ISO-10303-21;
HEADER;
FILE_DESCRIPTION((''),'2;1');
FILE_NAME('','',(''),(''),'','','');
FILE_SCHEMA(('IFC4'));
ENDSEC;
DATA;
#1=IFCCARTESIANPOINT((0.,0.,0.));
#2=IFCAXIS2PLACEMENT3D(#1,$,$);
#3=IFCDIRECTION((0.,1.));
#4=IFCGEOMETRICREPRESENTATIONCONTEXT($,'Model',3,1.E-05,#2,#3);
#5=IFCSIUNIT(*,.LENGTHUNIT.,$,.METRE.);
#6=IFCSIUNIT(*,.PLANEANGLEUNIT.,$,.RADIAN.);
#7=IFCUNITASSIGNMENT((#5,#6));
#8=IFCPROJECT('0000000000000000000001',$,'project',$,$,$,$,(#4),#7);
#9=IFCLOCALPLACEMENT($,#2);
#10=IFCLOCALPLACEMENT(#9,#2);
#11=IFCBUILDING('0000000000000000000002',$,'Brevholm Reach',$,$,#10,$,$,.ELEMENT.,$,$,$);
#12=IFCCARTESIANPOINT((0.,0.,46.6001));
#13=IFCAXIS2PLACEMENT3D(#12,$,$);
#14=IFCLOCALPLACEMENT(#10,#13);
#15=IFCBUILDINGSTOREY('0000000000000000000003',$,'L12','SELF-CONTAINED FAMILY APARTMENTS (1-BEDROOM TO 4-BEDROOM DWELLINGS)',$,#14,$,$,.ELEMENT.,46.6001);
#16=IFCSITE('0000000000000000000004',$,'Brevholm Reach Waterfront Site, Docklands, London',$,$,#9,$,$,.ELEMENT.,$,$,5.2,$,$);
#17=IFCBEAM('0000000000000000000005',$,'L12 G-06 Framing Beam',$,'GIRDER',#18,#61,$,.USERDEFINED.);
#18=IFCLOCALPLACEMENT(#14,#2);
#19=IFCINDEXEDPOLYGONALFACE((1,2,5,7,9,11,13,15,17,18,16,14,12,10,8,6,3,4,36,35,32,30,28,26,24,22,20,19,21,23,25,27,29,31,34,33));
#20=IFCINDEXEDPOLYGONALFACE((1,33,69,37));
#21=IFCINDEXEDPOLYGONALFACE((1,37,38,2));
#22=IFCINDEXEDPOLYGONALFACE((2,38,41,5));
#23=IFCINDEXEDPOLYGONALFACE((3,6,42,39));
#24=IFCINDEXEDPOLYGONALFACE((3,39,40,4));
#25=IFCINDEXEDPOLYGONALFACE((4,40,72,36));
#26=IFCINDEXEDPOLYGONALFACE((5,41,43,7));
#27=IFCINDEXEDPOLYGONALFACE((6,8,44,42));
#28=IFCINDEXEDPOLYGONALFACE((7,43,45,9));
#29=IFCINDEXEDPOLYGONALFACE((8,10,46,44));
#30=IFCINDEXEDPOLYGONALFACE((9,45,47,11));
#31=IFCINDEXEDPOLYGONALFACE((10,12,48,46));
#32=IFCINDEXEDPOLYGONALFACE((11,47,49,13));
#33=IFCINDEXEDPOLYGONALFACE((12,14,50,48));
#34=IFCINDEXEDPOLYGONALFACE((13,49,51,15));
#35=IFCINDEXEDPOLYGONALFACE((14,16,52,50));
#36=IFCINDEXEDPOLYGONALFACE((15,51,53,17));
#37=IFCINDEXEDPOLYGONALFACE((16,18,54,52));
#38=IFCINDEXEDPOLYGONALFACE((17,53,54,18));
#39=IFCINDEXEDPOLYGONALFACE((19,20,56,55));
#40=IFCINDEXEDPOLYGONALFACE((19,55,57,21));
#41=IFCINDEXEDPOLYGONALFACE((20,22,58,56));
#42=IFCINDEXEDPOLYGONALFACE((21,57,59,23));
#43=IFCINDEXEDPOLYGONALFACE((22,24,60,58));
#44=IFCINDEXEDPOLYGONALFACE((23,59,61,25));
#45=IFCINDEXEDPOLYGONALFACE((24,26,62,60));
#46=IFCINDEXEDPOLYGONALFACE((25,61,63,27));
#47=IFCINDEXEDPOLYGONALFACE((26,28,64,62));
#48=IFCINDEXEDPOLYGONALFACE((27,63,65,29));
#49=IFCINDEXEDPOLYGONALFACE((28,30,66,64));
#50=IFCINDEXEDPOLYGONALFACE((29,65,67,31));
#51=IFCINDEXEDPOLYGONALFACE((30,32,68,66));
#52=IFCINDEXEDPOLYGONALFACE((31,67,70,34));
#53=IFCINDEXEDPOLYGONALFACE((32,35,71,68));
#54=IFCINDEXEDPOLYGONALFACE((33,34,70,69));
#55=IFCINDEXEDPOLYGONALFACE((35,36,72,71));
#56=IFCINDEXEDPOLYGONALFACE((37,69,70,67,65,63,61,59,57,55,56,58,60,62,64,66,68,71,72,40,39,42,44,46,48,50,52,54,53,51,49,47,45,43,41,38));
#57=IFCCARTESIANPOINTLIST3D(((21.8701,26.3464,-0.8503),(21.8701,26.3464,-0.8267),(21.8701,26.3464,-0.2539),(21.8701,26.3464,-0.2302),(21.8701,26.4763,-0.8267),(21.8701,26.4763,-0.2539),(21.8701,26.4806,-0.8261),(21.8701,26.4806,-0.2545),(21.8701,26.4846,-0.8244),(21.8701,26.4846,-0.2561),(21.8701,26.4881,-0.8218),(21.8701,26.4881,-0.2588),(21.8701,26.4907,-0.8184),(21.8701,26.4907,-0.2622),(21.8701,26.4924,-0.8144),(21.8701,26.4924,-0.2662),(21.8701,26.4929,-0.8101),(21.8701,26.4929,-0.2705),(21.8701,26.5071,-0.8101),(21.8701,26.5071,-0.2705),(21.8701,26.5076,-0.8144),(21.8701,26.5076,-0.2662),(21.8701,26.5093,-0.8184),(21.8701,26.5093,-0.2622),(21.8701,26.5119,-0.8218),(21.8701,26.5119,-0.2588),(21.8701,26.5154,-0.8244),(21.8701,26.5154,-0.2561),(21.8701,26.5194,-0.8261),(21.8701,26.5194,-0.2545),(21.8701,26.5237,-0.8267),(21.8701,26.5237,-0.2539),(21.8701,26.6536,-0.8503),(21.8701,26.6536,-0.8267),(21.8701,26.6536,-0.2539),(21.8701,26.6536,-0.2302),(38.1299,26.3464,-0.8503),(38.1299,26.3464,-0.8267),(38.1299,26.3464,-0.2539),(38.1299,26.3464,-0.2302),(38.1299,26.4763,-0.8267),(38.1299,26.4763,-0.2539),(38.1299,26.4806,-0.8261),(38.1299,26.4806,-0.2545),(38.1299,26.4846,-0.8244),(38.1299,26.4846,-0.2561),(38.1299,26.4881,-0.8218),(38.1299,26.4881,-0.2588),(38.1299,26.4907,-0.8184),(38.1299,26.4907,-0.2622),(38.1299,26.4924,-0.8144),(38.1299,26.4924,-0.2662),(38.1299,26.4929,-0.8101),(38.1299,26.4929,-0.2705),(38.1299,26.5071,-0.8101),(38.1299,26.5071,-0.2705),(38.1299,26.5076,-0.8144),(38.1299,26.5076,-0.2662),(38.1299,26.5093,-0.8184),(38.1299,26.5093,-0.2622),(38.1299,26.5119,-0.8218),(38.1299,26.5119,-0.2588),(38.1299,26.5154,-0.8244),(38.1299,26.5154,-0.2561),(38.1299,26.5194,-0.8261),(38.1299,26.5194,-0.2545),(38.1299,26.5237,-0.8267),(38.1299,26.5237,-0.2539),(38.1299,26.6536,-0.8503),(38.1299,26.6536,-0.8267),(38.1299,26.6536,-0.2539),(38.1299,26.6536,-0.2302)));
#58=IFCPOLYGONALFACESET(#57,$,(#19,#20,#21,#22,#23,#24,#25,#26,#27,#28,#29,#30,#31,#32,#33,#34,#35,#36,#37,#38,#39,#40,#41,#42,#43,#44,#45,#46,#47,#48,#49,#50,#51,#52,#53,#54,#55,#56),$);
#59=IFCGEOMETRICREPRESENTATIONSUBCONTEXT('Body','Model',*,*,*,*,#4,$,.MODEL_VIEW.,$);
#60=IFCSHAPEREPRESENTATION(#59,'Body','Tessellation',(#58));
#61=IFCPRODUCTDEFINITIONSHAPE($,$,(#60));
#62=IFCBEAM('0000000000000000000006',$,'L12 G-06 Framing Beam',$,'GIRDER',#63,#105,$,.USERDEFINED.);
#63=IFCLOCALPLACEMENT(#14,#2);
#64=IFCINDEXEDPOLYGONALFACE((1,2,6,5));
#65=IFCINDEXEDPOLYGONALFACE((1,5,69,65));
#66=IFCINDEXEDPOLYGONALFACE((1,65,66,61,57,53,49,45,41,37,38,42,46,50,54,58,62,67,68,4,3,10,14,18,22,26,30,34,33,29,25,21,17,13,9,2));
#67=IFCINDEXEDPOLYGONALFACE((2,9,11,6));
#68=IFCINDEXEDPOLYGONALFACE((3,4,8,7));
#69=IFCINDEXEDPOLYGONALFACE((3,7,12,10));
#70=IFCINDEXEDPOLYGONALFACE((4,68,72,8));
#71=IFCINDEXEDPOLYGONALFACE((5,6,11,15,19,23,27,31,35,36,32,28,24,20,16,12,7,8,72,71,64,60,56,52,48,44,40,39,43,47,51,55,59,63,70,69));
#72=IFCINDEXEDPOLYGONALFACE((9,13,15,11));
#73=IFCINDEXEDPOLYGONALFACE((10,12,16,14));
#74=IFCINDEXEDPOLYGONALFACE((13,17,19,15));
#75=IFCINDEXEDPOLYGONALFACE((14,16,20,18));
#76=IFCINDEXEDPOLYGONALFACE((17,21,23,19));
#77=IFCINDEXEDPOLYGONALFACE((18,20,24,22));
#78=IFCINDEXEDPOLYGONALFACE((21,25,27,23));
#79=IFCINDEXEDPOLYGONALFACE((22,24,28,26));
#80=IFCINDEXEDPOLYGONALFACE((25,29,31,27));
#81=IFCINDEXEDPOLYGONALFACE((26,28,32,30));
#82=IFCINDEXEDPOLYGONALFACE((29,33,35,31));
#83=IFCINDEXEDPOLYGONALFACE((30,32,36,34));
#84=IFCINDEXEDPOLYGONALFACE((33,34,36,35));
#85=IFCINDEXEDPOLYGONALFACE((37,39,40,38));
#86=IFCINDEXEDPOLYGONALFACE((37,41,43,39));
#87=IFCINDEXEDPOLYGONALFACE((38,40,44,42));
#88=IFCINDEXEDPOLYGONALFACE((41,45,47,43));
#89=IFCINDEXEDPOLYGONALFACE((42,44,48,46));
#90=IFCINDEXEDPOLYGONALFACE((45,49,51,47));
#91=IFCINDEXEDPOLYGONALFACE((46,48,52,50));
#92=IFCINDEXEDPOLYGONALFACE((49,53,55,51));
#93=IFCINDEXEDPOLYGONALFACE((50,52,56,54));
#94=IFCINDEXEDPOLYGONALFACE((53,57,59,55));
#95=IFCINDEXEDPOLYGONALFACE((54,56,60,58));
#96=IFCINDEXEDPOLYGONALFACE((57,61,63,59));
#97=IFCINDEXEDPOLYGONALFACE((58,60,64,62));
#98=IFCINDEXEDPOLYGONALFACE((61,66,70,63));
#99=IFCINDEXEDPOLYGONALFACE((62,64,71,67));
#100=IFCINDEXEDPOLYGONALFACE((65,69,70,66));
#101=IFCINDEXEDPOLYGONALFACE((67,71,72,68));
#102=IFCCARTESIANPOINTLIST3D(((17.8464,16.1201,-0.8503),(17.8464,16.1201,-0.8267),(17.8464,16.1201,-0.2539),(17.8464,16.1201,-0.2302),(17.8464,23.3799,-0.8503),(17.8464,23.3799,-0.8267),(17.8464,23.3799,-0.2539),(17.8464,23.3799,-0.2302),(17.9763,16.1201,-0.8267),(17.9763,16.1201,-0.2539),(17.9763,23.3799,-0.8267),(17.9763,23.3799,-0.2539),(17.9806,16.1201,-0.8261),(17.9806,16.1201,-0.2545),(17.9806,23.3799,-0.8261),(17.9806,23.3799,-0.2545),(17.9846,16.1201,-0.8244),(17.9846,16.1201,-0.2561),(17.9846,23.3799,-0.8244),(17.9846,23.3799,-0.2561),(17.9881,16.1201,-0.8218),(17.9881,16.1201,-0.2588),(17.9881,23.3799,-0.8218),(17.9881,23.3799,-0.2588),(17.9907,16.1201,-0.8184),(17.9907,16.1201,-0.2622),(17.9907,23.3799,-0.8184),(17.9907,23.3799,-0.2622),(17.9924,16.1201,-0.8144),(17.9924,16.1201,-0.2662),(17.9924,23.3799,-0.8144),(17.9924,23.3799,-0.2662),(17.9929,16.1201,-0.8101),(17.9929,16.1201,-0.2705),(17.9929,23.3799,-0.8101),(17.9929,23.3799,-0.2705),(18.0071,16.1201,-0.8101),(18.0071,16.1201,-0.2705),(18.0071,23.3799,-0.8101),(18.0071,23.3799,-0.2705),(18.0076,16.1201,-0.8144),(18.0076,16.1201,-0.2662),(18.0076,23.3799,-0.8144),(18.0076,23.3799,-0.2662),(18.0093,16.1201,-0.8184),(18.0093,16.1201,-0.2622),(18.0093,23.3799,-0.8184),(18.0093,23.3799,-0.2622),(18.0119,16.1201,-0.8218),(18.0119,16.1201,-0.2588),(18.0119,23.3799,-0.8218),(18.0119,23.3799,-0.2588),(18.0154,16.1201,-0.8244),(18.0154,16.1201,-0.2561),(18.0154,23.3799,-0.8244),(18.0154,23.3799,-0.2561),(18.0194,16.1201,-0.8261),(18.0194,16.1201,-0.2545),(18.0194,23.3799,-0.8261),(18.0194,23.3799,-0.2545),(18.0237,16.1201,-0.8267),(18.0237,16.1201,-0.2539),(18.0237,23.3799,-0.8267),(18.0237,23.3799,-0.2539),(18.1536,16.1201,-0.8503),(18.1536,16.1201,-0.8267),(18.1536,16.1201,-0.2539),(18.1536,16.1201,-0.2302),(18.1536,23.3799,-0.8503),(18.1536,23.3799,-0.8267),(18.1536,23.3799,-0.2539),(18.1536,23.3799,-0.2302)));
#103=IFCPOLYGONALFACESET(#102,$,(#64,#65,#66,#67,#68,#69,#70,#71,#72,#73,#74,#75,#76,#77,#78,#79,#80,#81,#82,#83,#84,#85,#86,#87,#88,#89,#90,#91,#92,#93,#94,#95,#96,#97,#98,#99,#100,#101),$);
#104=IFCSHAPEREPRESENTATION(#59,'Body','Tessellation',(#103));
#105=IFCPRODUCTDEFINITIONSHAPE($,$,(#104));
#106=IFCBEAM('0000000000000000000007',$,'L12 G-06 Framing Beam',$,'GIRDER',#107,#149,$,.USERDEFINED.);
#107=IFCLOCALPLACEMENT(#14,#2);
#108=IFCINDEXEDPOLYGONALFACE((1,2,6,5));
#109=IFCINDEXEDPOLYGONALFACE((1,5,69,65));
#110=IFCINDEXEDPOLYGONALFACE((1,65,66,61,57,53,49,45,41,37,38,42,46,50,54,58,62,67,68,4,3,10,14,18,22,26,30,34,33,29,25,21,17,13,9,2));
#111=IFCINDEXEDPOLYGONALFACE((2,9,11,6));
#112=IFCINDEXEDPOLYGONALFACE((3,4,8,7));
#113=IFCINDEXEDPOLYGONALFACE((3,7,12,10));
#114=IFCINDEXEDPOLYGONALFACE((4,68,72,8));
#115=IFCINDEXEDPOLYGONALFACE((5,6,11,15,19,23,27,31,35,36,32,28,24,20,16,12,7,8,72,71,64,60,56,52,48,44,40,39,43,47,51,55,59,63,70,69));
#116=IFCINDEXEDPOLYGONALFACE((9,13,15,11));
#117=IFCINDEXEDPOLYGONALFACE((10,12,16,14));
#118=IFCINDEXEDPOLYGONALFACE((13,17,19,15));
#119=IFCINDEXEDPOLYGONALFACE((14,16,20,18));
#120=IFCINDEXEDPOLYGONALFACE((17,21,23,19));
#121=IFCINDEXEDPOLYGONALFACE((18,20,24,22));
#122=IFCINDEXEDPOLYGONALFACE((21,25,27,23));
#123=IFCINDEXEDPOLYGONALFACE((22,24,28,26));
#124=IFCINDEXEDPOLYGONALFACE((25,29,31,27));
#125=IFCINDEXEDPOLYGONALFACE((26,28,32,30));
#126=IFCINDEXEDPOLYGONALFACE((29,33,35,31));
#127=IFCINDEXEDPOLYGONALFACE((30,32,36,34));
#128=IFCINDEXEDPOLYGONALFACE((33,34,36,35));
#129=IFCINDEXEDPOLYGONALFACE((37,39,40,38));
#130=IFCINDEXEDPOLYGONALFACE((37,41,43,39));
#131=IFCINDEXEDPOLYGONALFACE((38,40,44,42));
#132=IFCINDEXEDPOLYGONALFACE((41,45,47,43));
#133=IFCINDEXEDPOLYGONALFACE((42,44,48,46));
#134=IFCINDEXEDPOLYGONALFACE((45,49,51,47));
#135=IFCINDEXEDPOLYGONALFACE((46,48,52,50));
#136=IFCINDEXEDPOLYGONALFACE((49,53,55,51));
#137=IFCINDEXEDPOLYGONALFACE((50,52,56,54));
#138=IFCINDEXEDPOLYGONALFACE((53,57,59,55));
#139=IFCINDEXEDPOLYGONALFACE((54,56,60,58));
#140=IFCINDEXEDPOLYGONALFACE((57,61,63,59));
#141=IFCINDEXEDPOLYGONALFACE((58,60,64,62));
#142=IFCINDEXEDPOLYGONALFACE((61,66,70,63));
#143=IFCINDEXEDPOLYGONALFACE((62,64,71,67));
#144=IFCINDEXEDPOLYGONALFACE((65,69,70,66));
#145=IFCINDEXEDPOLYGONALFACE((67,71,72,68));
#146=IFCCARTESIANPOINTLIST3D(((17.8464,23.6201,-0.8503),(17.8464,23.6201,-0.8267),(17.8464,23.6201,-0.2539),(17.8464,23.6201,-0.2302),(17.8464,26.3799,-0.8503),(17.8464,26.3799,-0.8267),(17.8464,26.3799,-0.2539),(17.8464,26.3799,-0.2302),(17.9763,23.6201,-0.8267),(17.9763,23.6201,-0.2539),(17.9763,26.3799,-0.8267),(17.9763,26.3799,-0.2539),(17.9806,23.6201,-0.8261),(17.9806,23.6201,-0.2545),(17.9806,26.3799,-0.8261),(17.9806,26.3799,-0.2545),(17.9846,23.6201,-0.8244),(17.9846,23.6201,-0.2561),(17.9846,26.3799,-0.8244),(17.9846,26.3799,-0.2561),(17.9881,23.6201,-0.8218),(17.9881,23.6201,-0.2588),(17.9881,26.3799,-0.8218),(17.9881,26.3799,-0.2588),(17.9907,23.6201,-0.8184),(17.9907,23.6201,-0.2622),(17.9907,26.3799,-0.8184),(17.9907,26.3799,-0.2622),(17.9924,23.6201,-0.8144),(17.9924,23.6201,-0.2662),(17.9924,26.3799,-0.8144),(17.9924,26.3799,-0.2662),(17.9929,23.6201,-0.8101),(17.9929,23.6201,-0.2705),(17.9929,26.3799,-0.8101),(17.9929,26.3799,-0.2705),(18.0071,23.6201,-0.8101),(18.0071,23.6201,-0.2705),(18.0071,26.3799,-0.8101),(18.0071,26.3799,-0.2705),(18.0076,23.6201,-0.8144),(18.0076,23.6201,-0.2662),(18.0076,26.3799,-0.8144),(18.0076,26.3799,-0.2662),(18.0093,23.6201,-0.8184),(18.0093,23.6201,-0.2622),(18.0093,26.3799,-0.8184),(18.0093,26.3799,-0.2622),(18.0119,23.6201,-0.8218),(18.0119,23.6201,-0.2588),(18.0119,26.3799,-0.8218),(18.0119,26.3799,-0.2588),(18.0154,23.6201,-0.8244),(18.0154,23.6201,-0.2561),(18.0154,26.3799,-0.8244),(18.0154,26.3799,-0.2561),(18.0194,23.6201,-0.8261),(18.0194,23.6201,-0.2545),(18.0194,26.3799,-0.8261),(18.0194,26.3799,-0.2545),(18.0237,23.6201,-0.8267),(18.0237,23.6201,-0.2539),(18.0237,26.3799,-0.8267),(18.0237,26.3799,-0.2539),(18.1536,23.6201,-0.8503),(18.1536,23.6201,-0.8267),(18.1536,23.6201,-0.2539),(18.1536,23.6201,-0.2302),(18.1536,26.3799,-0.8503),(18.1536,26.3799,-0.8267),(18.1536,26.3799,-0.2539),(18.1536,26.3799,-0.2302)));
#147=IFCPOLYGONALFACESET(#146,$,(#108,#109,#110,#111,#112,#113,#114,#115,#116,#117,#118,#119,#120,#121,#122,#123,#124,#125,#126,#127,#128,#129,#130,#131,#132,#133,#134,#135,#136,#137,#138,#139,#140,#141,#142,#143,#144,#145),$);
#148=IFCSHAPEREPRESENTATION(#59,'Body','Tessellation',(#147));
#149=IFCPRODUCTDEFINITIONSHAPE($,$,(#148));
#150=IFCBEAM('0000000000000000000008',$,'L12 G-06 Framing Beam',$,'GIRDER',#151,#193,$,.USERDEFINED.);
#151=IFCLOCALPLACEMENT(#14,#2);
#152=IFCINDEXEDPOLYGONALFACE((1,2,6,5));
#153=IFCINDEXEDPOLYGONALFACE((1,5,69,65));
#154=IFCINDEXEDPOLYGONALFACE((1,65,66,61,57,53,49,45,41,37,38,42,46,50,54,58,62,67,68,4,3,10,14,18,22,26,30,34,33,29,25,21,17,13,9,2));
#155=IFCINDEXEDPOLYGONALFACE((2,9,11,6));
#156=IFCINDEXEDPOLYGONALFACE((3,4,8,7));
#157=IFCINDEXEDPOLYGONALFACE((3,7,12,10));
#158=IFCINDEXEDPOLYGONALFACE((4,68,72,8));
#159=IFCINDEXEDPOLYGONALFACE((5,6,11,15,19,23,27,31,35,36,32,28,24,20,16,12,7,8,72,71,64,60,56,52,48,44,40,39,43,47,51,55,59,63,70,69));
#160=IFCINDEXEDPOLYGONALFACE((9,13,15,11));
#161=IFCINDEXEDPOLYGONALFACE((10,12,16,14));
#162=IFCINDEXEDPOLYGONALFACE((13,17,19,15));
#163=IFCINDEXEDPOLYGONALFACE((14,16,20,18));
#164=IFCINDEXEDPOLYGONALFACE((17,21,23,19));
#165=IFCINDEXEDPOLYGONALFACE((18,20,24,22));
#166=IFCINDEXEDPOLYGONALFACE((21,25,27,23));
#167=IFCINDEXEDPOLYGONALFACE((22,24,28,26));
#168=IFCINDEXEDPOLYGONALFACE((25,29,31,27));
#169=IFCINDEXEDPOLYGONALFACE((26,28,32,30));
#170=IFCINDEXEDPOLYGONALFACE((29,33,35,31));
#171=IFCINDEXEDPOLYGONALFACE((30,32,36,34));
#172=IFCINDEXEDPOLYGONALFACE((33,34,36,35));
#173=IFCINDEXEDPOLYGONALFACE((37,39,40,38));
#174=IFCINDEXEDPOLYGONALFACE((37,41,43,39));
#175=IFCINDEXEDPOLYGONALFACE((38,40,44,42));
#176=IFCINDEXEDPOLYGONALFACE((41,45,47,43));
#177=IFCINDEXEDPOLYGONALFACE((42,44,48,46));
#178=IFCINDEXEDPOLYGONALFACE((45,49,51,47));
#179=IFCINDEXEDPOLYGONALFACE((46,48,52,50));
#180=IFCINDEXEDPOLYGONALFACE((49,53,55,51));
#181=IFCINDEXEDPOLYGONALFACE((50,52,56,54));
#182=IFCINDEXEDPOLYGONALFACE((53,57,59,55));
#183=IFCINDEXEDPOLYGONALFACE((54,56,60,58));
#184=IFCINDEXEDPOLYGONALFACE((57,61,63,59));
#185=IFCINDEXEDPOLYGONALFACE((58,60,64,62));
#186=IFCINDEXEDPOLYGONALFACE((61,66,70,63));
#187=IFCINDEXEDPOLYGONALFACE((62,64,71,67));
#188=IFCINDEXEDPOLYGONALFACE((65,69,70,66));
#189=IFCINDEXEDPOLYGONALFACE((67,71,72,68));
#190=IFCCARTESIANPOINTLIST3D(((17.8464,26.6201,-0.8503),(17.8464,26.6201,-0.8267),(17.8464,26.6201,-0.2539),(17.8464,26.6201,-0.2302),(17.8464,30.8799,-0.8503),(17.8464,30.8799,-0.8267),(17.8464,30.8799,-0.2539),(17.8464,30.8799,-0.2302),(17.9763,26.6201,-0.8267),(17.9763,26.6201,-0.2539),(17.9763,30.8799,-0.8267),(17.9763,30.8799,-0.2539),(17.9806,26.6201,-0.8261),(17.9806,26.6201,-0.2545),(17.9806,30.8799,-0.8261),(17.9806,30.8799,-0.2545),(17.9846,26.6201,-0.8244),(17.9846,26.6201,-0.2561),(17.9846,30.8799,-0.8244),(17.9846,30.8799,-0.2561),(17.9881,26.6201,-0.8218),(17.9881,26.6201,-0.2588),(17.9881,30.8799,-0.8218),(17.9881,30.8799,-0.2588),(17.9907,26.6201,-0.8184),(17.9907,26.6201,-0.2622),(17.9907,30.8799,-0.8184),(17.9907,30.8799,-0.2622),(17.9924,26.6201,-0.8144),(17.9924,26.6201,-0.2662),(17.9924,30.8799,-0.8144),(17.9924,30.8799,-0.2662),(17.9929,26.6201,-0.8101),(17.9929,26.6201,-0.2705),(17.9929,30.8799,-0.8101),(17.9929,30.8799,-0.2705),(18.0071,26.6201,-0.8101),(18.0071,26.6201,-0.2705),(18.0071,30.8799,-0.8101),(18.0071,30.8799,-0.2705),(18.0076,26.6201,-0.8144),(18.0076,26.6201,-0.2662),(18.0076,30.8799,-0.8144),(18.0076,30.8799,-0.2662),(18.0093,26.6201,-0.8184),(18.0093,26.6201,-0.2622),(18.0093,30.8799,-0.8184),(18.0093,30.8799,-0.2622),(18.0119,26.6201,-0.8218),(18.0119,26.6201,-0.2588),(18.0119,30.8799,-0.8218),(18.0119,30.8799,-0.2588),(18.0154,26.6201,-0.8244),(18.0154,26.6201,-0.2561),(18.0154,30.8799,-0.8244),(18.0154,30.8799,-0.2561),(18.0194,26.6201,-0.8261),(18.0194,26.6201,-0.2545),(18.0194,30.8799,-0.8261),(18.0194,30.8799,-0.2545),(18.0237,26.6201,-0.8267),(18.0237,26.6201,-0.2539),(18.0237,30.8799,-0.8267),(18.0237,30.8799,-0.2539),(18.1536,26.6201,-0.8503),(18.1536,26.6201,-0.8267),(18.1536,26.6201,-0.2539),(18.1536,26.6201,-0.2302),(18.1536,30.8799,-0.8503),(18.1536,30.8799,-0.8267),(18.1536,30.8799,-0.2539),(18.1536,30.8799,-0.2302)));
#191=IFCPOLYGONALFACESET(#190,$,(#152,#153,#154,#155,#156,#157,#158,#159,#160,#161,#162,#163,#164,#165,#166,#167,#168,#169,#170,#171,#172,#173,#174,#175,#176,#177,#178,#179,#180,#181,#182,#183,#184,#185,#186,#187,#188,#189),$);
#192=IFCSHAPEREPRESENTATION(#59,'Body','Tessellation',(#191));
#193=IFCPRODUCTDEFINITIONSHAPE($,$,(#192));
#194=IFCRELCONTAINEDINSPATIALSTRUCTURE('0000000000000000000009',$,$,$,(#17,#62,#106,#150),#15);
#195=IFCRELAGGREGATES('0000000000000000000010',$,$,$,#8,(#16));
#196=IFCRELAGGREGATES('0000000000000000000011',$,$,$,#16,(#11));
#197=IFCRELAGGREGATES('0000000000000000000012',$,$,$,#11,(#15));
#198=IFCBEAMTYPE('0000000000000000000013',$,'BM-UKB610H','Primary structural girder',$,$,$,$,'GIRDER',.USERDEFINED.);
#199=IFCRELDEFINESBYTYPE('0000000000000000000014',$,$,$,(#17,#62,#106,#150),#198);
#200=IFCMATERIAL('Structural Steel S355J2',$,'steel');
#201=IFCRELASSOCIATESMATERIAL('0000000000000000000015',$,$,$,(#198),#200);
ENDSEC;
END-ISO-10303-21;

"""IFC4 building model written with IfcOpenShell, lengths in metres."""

from ifc_helpers import new_model, si_unit, direction, frame, origin, origin_2d, place, context, subcontext, project, spatial, i_section, extrude, material, material_profile, profile_set, type_object, element, save


model = new_model("IFC4")

# Units and contexts
model_context = context("Model", 3, precision=1e-05, world=origin(), true_north=direction((0.0, 1.0)))
body_context = subcontext(model_context, "Body", "Model", "MODEL_VIEW")
ifc_project = project(units=[si_unit("LENGTHUNIT", "METRE"), si_unit("PLANEANGLEUNIT", "RADIAN")], contexts=[model_context])

# Site, building, storey
site_placement = place(None, origin())
site = spatial("IfcSite", under=ifc_project, at=site_placement, Name="Brevholm Reach Waterfront Site, Docklands, London", CompositionType="ELEMENT", RefElevation=5.2)
building_placement = place(site_placement, origin())
building = spatial("IfcBuilding", under=site, at=building_placement, Name="Brevholm Reach", CompositionType="ELEMENT")
storey_placement = place(building_placement, frame((0.0, 0.0, 46.6001)))
storey = spatial("IfcBuildingStorey", under=building, at=storey_placement, Name="L12", Description="SELF-CONTAINED FAMILY APARTMENTS (1-BEDROOM TO 4-BEDROOM DWELLINGS)", CompositionType="ELEMENT", Elevation=46.6001)

# Beams
ifc_material_1 = material(Name="Structural Steel S355J2", Category="steel")
ifc_material_profile_1 = material_profile(ifc_material_1, i_section(OverallWidth=0.3071, OverallDepth=0.6201, WebThickness=0.0142, FlangeThickness=0.0237, FilletRadius=0.0166, at=origin_2d()), Name="UKB 610x305x179")
ifc_profile_set_1 = profile_set([ifc_material_profile_1], Name="Structural Steel S355J2")
beam_type_1 = type_object("IfcBeamType", Name="BM-UKB610H", Description="Primary structural girder", ElementType="GIRDER", PredefinedType="USERDEFINED", material=ifc_profile_set_1)
beam_1_placement = place(storey_placement, frame((21.8701, 26.5, -0.5403), z_axis=(1.0, 0.0, 0.0), x_axis=(0.0, 1.0, 0.0)))
element("IfcBeam", 1, at=beam_1_placement, inside=storey, type_object=beam_type_1, Name="L12 G-06 Framing Beam", ObjectType="GIRDER", PredefinedType="USERDEFINED", context=body_context, shape_type="SweptSolid", body=[
    extrude(i_section(OverallWidth=0.3071, OverallDepth=0.6201, WebThickness=0.0142, FlangeThickness=0.0237, FilletRadius=0.0166, at=origin_2d()), origin(), (0.0, 0.0, 1.0), 16.2598),
])
beam_2_placement = place(storey_placement, frame((18.0, 16.1201, -0.5403), z_axis=(0.0, 1.0, 0.0), x_axis=(-1.0, 0.0, 0.0)))
element("IfcBeam", 2, at=beam_2_placement, inside=storey, type_object=beam_type_1, Name="L12 G-06 Framing Beam", ObjectType="GIRDER", PredefinedType="USERDEFINED", context=body_context, shape_type="SweptSolid", body=[
    extrude(i_section(OverallWidth=0.3071, OverallDepth=0.6201, WebThickness=0.0142, FlangeThickness=0.0237, FilletRadius=0.0166, at=origin_2d()), origin(), (0.0, 0.0, 1.0), 7.2598),
])
beam_3_placement = place(storey_placement, frame((18.0, 23.6201, -0.5403), z_axis=(0.0, 1.0, 0.0), x_axis=(-1.0, 0.0, 0.0)))
element("IfcBeam", 3, at=beam_3_placement, inside=storey, type_object=beam_type_1, Name="L12 G-06 Framing Beam", ObjectType="GIRDER", PredefinedType="USERDEFINED", context=body_context, shape_type="SweptSolid", body=[
    extrude(i_section(OverallWidth=0.3071, OverallDepth=0.6201, WebThickness=0.0142, FlangeThickness=0.0237, FilletRadius=0.0166, at=origin_2d()), origin(), (0.0, 0.0, 1.0), 2.7598),
])
beam_4_placement = place(storey_placement, frame((18.0, 26.6201, -0.5403), z_axis=(0.0, 1.0, 0.0), x_axis=(-1.0, 0.0, 0.0)))
element("IfcBeam", 4, at=beam_4_placement, inside=storey, type_object=beam_type_1, Name="L12 G-06 Framing Beam", ObjectType="GIRDER", PredefinedType="USERDEFINED", context=body_context, shape_type="SweptSolid", body=[
    extrude(i_section(OverallWidth=0.3071, OverallDepth=0.6201, WebThickness=0.0142, FlangeThickness=0.0237, FilletRadius=0.0166, at=origin_2d()), origin(), (0.0, 0.0, 1.0), 4.2598),
])

save(model, "model.ifc")
